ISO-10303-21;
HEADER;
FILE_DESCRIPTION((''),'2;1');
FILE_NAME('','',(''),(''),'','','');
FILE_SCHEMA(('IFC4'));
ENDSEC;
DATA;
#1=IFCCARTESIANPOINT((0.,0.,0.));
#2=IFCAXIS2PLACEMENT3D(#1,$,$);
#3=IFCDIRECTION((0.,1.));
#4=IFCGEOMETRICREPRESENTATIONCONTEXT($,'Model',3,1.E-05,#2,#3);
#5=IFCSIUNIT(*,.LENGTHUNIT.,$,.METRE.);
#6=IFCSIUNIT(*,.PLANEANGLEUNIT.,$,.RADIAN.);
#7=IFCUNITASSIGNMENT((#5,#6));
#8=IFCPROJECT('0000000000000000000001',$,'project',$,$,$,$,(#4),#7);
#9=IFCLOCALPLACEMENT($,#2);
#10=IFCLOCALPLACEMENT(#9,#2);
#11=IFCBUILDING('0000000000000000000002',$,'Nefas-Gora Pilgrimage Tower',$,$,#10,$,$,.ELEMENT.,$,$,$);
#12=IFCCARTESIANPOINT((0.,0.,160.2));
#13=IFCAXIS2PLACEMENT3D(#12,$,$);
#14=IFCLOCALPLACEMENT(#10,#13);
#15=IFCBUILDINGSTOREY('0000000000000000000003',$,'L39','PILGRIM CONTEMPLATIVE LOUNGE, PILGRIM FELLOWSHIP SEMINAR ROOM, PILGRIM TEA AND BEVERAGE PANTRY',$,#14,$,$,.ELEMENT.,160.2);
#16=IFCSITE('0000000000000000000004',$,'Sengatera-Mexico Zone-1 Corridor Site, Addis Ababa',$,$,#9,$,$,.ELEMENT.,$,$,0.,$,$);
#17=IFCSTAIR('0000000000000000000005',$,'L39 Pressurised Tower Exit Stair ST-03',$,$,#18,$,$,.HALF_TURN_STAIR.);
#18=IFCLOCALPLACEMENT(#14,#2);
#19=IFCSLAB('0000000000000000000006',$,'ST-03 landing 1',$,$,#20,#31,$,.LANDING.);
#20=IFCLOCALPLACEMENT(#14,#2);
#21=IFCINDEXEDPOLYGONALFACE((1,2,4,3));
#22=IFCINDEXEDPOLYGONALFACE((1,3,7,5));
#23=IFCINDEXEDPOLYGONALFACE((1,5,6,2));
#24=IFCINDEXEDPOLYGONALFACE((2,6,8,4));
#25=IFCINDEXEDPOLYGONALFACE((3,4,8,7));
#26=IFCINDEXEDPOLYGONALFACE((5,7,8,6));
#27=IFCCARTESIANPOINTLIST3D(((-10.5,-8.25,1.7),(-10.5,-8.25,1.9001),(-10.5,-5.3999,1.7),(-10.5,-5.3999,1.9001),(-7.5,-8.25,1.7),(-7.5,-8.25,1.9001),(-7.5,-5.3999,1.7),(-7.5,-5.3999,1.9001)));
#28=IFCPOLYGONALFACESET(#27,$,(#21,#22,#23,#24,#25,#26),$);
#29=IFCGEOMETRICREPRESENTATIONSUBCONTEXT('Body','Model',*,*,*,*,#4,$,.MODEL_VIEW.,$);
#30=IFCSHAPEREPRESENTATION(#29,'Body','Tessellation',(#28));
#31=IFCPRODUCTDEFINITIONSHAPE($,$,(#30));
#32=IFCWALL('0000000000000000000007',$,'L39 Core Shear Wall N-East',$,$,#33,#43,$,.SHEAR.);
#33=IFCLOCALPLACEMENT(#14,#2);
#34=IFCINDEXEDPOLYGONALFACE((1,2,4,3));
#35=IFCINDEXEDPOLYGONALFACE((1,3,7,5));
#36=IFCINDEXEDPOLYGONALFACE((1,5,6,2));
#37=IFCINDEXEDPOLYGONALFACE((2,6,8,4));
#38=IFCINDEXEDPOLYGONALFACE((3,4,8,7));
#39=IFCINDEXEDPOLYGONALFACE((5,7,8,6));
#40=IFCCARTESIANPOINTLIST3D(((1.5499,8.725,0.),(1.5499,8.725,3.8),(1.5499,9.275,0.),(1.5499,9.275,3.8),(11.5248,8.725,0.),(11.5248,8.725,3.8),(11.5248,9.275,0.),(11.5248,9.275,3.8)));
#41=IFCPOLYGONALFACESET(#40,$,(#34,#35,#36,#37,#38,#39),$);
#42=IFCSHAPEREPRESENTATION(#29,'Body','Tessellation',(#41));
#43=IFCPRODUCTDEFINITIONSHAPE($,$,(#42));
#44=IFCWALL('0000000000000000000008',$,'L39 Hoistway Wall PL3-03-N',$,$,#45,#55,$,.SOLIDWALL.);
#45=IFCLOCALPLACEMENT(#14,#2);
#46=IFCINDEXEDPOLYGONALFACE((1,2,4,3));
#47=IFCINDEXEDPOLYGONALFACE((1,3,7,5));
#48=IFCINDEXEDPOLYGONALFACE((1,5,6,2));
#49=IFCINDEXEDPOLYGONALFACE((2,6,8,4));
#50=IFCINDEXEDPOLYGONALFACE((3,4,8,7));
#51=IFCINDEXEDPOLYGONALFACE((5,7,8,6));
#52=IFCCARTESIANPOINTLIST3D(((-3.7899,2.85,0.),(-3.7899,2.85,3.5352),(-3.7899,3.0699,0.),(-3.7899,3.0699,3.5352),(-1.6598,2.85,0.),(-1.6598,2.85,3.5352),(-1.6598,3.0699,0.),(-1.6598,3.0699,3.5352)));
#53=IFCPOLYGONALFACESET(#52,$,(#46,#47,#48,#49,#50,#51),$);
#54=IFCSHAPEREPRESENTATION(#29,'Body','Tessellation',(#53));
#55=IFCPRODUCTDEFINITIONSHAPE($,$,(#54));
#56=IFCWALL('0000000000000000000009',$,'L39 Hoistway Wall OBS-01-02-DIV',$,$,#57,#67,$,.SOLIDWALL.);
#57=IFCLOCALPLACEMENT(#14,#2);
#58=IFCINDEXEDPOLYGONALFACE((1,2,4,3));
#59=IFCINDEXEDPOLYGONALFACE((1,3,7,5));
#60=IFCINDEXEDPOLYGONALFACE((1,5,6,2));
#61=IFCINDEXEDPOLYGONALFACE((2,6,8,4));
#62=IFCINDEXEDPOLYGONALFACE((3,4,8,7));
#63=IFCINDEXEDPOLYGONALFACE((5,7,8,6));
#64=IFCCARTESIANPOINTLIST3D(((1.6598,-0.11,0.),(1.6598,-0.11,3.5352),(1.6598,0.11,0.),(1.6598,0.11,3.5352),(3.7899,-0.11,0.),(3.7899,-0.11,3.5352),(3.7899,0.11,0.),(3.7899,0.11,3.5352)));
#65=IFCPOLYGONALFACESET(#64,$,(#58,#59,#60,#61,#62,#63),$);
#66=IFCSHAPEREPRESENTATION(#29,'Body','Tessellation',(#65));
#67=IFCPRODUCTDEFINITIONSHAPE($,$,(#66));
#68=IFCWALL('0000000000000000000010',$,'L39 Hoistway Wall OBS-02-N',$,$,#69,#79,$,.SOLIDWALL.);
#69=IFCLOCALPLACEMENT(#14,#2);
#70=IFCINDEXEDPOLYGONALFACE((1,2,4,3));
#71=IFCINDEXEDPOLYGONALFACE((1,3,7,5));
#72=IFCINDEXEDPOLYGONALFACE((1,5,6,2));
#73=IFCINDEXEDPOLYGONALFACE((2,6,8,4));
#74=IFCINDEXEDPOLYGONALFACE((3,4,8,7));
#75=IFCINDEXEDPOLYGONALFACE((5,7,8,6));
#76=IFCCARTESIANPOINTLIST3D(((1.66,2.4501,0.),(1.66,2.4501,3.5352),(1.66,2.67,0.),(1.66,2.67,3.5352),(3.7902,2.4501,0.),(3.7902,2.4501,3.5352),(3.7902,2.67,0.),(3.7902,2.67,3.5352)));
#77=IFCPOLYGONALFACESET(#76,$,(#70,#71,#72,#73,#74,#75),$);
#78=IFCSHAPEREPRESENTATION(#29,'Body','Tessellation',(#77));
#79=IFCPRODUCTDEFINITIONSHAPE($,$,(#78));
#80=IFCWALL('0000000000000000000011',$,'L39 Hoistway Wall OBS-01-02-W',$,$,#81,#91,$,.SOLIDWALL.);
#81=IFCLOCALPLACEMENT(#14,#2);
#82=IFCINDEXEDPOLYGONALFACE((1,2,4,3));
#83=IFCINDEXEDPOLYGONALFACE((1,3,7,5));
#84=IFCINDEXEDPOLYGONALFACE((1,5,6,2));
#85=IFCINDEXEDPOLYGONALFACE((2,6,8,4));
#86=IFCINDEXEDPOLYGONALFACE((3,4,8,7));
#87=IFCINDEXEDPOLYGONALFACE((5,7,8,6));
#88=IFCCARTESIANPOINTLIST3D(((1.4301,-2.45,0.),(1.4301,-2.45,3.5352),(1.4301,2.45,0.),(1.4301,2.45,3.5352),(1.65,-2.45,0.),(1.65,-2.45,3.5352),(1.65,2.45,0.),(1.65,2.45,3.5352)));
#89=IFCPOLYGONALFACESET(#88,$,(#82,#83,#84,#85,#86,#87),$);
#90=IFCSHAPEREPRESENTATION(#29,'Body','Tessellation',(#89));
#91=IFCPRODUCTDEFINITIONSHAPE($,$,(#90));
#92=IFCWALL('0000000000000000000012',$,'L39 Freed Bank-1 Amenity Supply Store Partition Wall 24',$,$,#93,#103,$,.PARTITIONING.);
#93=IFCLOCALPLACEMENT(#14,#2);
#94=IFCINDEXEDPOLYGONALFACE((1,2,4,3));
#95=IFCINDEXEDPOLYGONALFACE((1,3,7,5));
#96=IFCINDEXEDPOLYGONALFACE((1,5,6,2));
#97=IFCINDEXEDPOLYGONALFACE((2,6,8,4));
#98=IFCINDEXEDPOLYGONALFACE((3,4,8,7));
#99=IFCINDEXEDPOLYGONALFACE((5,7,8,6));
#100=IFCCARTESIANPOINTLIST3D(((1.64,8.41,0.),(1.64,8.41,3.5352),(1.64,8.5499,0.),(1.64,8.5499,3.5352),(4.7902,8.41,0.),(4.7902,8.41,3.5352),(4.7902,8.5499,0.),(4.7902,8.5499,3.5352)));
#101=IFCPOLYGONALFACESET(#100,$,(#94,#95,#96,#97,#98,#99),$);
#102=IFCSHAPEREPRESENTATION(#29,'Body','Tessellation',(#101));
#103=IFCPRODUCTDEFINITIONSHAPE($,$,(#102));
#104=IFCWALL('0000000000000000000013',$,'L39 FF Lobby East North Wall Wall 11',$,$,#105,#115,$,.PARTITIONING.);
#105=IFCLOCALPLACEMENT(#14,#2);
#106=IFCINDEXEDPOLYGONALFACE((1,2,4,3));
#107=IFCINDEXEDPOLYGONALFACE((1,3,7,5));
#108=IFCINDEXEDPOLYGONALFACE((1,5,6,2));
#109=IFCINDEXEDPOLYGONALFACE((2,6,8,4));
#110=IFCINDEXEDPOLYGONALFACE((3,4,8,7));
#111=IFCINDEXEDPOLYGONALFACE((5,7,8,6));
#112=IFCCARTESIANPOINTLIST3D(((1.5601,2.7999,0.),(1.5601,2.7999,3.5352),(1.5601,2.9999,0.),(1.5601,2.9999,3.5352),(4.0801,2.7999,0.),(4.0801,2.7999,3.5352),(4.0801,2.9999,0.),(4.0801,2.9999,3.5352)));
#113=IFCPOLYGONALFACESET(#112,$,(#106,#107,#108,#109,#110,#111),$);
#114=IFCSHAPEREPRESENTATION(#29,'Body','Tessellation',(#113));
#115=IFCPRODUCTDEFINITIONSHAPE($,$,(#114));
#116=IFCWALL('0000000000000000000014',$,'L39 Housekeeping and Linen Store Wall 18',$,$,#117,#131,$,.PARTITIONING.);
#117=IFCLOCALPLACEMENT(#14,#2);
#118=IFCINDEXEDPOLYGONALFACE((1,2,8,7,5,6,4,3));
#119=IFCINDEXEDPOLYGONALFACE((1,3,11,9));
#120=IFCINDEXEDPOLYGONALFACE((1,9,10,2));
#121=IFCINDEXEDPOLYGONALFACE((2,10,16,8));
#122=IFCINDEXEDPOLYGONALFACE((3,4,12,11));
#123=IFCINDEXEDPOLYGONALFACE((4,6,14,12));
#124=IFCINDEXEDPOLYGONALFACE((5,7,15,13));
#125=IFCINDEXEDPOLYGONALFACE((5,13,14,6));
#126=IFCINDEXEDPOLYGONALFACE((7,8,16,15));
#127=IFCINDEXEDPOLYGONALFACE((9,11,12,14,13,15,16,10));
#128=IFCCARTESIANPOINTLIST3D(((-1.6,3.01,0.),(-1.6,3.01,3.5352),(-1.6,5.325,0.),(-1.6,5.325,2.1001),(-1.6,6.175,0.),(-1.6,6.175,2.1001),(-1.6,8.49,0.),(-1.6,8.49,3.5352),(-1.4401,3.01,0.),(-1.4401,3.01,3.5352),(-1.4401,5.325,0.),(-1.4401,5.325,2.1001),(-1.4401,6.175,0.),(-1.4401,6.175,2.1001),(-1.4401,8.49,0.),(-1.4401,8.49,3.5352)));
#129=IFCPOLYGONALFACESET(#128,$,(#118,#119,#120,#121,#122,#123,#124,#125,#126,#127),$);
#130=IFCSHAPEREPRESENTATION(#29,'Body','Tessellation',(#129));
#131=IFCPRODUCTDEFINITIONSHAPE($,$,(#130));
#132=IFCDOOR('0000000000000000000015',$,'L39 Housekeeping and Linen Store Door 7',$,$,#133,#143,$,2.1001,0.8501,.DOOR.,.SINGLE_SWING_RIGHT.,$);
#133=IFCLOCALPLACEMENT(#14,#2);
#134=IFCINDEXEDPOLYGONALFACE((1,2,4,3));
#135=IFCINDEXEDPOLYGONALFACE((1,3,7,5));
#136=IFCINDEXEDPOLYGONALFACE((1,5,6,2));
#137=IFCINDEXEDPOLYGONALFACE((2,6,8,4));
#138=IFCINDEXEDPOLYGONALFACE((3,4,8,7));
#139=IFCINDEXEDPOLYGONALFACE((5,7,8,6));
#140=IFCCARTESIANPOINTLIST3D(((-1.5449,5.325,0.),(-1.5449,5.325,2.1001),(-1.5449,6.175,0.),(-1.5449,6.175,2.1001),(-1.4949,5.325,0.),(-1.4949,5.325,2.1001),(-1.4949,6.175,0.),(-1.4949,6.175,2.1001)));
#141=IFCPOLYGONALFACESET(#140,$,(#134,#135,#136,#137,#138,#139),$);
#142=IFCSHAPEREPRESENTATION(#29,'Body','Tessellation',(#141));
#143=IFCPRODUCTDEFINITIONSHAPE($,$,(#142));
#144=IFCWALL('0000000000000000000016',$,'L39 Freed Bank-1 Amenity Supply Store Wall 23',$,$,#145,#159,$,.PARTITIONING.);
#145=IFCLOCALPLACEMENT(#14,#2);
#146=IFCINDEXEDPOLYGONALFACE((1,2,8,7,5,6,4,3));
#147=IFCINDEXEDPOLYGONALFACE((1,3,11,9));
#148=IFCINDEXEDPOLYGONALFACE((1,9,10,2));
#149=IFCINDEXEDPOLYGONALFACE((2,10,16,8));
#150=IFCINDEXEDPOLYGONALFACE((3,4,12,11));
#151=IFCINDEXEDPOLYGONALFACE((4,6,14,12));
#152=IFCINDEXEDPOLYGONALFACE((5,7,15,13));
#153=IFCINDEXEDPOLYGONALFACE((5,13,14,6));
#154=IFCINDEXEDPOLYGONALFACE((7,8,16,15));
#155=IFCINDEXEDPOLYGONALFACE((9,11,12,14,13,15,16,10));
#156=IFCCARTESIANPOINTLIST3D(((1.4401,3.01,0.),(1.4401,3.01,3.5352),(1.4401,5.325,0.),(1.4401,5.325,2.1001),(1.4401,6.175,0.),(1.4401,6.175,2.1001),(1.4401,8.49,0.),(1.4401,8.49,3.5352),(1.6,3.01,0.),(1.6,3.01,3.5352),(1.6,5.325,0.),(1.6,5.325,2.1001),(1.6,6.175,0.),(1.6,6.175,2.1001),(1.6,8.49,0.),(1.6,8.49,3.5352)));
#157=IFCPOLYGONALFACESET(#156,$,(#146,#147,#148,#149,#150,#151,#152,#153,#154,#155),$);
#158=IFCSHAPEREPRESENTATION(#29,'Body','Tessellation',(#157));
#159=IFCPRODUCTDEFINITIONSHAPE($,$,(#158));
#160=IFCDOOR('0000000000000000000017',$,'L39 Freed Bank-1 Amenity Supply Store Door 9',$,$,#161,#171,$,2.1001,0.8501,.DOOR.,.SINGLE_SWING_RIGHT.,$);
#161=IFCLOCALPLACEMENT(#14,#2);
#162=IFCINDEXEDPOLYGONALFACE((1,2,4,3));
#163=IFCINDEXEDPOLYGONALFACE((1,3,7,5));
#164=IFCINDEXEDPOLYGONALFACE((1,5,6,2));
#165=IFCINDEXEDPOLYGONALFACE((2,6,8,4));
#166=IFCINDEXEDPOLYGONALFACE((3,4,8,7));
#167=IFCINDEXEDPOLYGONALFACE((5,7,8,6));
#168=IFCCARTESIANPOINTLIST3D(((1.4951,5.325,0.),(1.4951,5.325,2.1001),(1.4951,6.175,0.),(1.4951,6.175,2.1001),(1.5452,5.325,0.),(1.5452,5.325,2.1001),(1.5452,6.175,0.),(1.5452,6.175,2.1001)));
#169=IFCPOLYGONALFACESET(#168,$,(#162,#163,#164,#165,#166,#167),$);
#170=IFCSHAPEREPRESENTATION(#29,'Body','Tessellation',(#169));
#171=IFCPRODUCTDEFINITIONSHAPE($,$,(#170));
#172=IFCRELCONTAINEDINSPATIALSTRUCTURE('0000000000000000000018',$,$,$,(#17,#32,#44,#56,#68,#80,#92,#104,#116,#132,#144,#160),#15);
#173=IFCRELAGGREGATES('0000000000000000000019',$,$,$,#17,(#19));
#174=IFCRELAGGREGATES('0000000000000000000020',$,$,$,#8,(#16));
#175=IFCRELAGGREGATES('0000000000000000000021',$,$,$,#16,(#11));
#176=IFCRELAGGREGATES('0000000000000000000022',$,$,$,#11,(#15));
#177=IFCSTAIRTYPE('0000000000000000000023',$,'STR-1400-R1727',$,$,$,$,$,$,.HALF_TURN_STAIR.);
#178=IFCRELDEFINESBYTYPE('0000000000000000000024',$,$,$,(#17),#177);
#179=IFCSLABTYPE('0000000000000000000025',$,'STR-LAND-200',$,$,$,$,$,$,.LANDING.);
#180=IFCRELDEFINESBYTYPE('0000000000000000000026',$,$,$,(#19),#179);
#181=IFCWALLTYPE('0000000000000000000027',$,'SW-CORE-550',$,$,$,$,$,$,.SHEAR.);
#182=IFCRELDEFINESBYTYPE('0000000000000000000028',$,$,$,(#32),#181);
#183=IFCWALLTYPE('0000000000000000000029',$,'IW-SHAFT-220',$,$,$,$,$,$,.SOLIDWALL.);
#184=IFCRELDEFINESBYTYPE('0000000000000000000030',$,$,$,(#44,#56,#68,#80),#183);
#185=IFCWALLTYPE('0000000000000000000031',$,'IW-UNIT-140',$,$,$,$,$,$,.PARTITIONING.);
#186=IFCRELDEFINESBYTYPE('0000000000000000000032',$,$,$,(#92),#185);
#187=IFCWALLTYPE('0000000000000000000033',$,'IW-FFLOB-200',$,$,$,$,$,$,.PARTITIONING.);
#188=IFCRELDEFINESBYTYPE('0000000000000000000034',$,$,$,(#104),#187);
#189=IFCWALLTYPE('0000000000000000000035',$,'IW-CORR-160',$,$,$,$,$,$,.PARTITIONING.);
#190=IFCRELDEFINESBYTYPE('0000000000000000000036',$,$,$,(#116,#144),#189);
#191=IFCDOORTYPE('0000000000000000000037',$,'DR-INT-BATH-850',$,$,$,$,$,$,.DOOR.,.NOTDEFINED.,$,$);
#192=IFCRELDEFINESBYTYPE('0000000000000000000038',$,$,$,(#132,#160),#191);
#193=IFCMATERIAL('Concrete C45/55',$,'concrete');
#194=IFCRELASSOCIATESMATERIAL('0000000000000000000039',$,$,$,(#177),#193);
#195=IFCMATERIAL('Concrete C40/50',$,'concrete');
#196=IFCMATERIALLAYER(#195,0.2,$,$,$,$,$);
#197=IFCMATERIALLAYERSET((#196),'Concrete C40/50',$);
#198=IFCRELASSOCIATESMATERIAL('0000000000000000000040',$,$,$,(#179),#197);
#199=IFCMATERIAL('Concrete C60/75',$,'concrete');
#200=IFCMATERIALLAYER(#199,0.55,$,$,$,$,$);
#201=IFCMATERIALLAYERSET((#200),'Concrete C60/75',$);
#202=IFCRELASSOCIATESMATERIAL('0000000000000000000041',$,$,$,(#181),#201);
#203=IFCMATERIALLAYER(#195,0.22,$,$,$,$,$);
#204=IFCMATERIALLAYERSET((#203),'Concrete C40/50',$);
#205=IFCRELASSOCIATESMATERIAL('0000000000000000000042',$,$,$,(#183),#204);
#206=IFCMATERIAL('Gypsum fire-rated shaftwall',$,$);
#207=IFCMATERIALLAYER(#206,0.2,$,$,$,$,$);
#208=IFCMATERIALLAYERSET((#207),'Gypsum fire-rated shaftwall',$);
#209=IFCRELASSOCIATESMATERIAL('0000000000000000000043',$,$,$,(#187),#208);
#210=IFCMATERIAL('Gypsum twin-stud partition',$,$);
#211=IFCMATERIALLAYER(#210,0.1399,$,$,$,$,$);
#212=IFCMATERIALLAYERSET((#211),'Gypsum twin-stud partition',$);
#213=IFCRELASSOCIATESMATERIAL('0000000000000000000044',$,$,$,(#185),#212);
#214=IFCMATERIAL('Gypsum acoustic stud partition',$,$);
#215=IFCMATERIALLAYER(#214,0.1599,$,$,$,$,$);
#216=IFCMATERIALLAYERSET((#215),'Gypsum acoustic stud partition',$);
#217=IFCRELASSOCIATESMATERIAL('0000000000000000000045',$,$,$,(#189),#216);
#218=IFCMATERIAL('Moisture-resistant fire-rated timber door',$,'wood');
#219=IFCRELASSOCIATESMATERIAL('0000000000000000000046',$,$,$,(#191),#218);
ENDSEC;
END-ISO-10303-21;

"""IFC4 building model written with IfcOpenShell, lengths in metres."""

from ifc_helpers import new_model, si_unit, direction, frame, frame_2d, origin, place, context, subcontext, project, spatial, polyline, rectangle, outline, extrude, source, transform, mapped, material, layer, layer_set, type_object, element, fill, aggregate, save


model = new_model("IFC4")

# Units and contexts
model_context = context("Model", 3, precision=1e-05, world=origin(), true_north=direction((0.0, 1.0)))
body_context = subcontext(model_context, "Body", "Model", "MODEL_VIEW")
ifc_project = project(units=[si_unit("LENGTHUNIT", "METRE"), si_unit("PLANEANGLEUNIT", "RADIAN")], contexts=[model_context])

# Site, building, storey
site_placement = place(None, origin())
site = spatial("IfcSite", under=ifc_project, at=site_placement, Name="Sengatera-Mexico Zone-1 Corridor Site, Addis Ababa", CompositionType="ELEMENT", RefElevation=0.0)
building_placement = place(site_placement, origin())
building = spatial("IfcBuilding", under=site, at=building_placement, Name="Nefas-Gora Pilgrimage Tower", CompositionType="ELEMENT")
storey_placement = place(building_placement, frame((0.0, 0.0, 160.2)))
storey = spatial("IfcBuildingStorey", under=building, at=storey_placement, Name="L39", Description="PILGRIM CONTEMPLATIVE LOUNGE, PILGRIM FELLOWSHIP SEMINAR ROOM, PILGRIM TEA AND BEVERAGE PANTRY", CompositionType="ELEMENT", Elevation=160.2)

# Shared definitions
ifc_material_1 = material(Name="Concrete C60/75", Category="concrete")

# Shared definitions
ifc_material_2 = material(Name="Concrete C40/50", Category="concrete")

# Stair, slab
ifc_material_3 = material(Name="Concrete C45/55", Category="concrete")
stair_type = type_object("IfcStairType", Name="STR-1400-R1727", PredefinedType="HALF_TURN_STAIR", material=ifc_material_3)
ifc_layer_1 = layer(ifc_material_2, 0.2)
ifc_layer_set_1 = layer_set([ifc_layer_1], Name="Concrete C40/50")
slab_type_1 = type_object("IfcSlabType", Name="STR-LAND-200", PredefinedType="LANDING", material=ifc_layer_set_1)
stair_1_placement = place(storey_placement, origin())
stair_1 = element("IfcStair", 1, at=stair_1_placement, inside=storey, type_object=stair_type, Name="L39 Pressurised Tower Exit Stair ST-03", PredefinedType="HALF_TURN_STAIR")
slab_1_placement = place(storey_placement, frame((0.0, 0.0, 1.7)))
slab_1 = element("IfcSlab", 2, at=slab_1_placement, type_object=slab_type_1, Name="ST-03 landing 1", PredefinedType="LANDING", context=body_context, shape_type="SweptSolid", body=[
    extrude(outline(polyline([(-10.5, -5.3999), (-10.5, -8.25), (-7.5, -8.25), (-7.5, -5.3999), (-10.5, -5.3999)])), origin(), (0.0, 0.0, 1.0), 0.2002),
])
aggregate(stair_1, [slab_1])

# Walls
ifc_layer_2 = layer(ifc_material_1, 0.55)
ifc_layer_set_2 = layer_set([ifc_layer_2], Name="Concrete C60/75")
wall_type_1 = type_object("IfcWallType", Name="SW-CORE-550", PredefinedType="SHEAR", material=ifc_layer_set_2)
shared_shape_1 = source(origin(), body_context, "Body", "SweptSolid", [
    extrude(rectangle(XDim=9.9749, YDim=0.55, at=frame_2d((4.9873, 0.0))), origin(), (0.0, 0.0, 1.0), 3.8),
])
wall_1_placement = place(storey_placement, frame((1.55, 9.0, 0.0), z_axis=(0.0, 0.0, 1.0), x_axis=(1.0, 0.0, 0.0)))
element("IfcWall", 3, at=wall_1_placement, inside=storey, type_object=wall_type_1, Name="L39 Core Shear Wall N-East", PredefinedType="SHEAR", context=body_context, shape_type="MappedRepresentation", body=[
    mapped(shared_shape_1, transform((0.0, 0.0, 0.0), x_axis=(1.0, 0.0, 0.0), y_axis=(0.0, 1.0, 0.0), z_axis=(0.0, 0.0, 1.0), scale=1.0)),
])
ifc_layer_3 = layer(ifc_material_2, 0.22)
ifc_layer_set_3 = layer_set([ifc_layer_3], Name="Concrete C40/50")
wall_type_2 = type_object("IfcWallType", Name="IW-SHAFT-220", PredefinedType="SOLIDWALL", material=ifc_layer_set_3)
shared_shape_2 = source(origin(), body_context, "Body", "SweptSolid", [
    extrude(rectangle(XDim=2.1301, YDim=0.22, at=frame_2d((1.0649, 0.0))), origin(), (0.0, 0.0, 1.0), 3.5352),
])
for number, where, z_axis, x_axis, name in (
    (4, (-1.6599, 2.96, 0.0), (0.0, 0.0, 1.0), (-1.0, 0.0, 0.0), "L39 Hoistway Wall PL3-03-N"),
    (5, (1.6599, 0.0, 0.0), (0.0, 0.0, 1.0), (1.0, 0.0, 0.0), "L39 Hoistway Wall OBS-01-02-DIV"),
    (6, (3.79, 2.5601, 0.0), (0.0, 0.0, 1.0), (-1.0, 0.0, 0.0), "L39 Hoistway Wall OBS-02-N"),
):
    element("IfcWall", number, at=place(storey_placement, frame(where, z_axis=z_axis, x_axis=x_axis)), inside=storey, type_object=wall_type_2, Name=name, PredefinedType="SOLIDWALL", context=body_context, shape_type="MappedRepresentation", body=[
        mapped(shared_shape_2, transform((0.0, 0.0, 0.0), x_axis=(1.0, 0.0, 0.0), y_axis=(0.0, 1.0, 0.0), z_axis=(0.0, 0.0, 1.0), scale=1.0)),
    ])
shared_shape_3 = source(origin(), body_context, "Body", "SweptSolid", [
    extrude(rectangle(XDim=4.8999, YDim=0.22, at=frame_2d((2.45, 0.0))), origin(), (0.0, 0.0, 1.0), 3.5352),
])
wall_2_placement = place(storey_placement, frame((1.54, 2.45, 0.0), z_axis=(0.0, 0.0, 1.0), x_axis=(0.0, -1.0, 0.0)))
element("IfcWall", 7, at=wall_2_placement, inside=storey, type_object=wall_type_2, Name="L39 Hoistway Wall OBS-01-02-W", PredefinedType="SOLIDWALL", context=body_context, shape_type="MappedRepresentation", body=[
    mapped(shared_shape_3, transform((0.0, 0.0, 0.0), x_axis=(1.0, 0.0, 0.0), y_axis=(0.0, 1.0, 0.0), z_axis=(0.0, 0.0, 1.0), scale=1.0)),
])

# Shared definitions
ifc_material_4 = material(Name="Gypsum fire-rated shaftwall")
ifc_layer_4 = layer(ifc_material_4, 0.2)
ifc_layer_set_4 = layer_set([ifc_layer_4], Name="Gypsum fire-rated shaftwall")
wall_type_3 = type_object("IfcWallType", Name="IW-FFLOB-200", PredefinedType="PARTITIONING", material=ifc_layer_set_4)

# Walls
ifc_material_5 = material(Name="Gypsum twin-stud partition")
ifc_layer_5 = layer(ifc_material_5, 0.1399)
ifc_layer_set_5 = layer_set([ifc_layer_5], Name="Gypsum twin-stud partition")
wall_type_4 = type_object("IfcWallType", Name="IW-UNIT-140", PredefinedType="PARTITIONING", material=ifc_layer_set_5)
shared_shape_4 = source(origin(), body_context, "Body", "SweptSolid", [
    extrude(rectangle(XDim=3.1501, YDim=0.1399, at=frame_2d((1.5752, 0.0))), origin(), (0.0, 0.0, 1.0), 3.5352),
])
wall_3_placement = place(storey_placement, frame((1.6399, 8.48, 0.0), z_axis=(0.0, 0.0, 1.0), x_axis=(1.0, 0.0, 0.0)))
element("IfcWall", 8, at=wall_3_placement, inside=storey, type_object=wall_type_4, Name="L39 Freed Bank-1 Amenity Supply Store Partition Wall 24", PredefinedType="PARTITIONING", context=body_context, shape_type="MappedRepresentation", body=[
    mapped(shared_shape_4, transform((0.0, 0.0, 0.0), x_axis=(1.0, 0.0, 0.0), y_axis=(0.0, 1.0, 0.0), z_axis=(0.0, 0.0, 1.0), scale=1.0)),
])
shared_shape_5 = source(origin(), body_context, "Body", "SweptSolid", [
    extrude(rectangle(XDim=2.52, YDim=0.2, at=frame_2d((1.26, 0.0))), origin(), (0.0, 0.0, 1.0), 3.5352),
])
wall_4_placement = place(storey_placement, frame((1.5601, 2.8999, 0.0), z_axis=(0.0, 0.0, 1.0), x_axis=(1.0, 0.0, 0.0)))
element("IfcWall", 9, at=wall_4_placement, inside=storey, type_object=wall_type_3, Name="L39 FF Lobby East North Wall Wall 11", PredefinedType="PARTITIONING", context=body_context, shape_type="MappedRepresentation", body=[
    mapped(shared_shape_5, transform((0.0, 0.0, 0.0), x_axis=(1.0, 0.0, 0.0), y_axis=(0.0, 1.0, 0.0), z_axis=(0.0, 0.0, 1.0), scale=1.0)),
])

# Walls, openings, doors
ifc_material_6 = material(Name="Gypsum acoustic stud partition")
ifc_layer_6 = layer(ifc_material_6, 0.1599)
ifc_layer_set_6 = layer_set([ifc_layer_6], Name="Gypsum acoustic stud partition")
wall_type_5 = type_object("IfcWallType", Name="IW-CORR-160", PredefinedType="PARTITIONING", material=ifc_layer_set_6)
shared_shape_6 = source(origin(), body_context, "Body", "SweptSolid", [
    extrude(rectangle(XDim=5.48, YDim=0.1599, at=frame_2d((2.74, 0.0))), origin(), (0.0, 0.0, 1.0), 3.5352),
])
wall_5_placement = place(storey_placement, frame((-1.52, 3.01, 0.0), z_axis=(0.0, 0.0, 1.0), x_axis=(0.0, 1.0, 0.0)))
wall_5 = element("IfcWall", 10, at=wall_5_placement, inside=storey, type_object=wall_type_5, Name="L39 Housekeeping and Linen Store Wall 18", PredefinedType="PARTITIONING", context=body_context, shape_type="MappedRepresentation", body=[
    mapped(shared_shape_6, transform((0.0, 0.0, 0.0), x_axis=(1.0, 0.0, 0.0), y_axis=(0.0, 1.0, 0.0), z_axis=(0.0, 0.0, 1.0), scale=1.0)),
])
opening_1_placement = place(wall_5_placement, frame((2.3149, 0.0, 0.0)))
opening_1 = element("IfcOpeningElement", 11, at=opening_1_placement, cuts=wall_5, PredefinedType="OPENING", context=body_context, shape_type="SweptSolid", body=[
    extrude(rectangle(XDim=0.8501, YDim=2.1001, at=frame_2d((0.425, 1.05))), frame((0.0, 0.0898, 0.0), z_axis=(0.0, -1.0, 0.0), x_axis=(1.0, 0.0, 0.0)), (0.0, 0.0, 1.0), 0.1799),
])
ifc_material_7 = material(Name="Moisture-resistant fire-rated timber door", Category="wood")
door_type_1 = type_object("IfcDoorType", Name="DR-INT-BATH-850", OperationType="NOTDEFINED", PredefinedType="DOOR", material=ifc_material_7)
shared_shape_7 = source(origin(), body_context, "Body", "SweptSolid", [
    extrude(rectangle(XDim=0.8501, YDim=2.1001, at=frame_2d((0.425, 1.05))), frame((0.0, 0.0249, 0.0), z_axis=(0.0, -1.0, 0.0), x_axis=(1.0, 0.0, 0.0)), (0.0, 0.0, 1.0), 0.05),
])
door_1_placement = place(opening_1_placement, origin())
door_1 = element("IfcDoor", 12, at=door_1_placement, inside=storey, type_object=door_type_1, Name="L39 Housekeeping and Linen Store Door 7", OperationType="SINGLE_SWING_RIGHT", OverallHeight=2.1001, OverallWidth=0.8501, PredefinedType="DOOR", context=body_context, shape_type="MappedRepresentation", body=[
    mapped(shared_shape_7, transform((0.0, 0.0, 0.0), x_axis=(1.0, 0.0, 0.0), y_axis=(0.0, 1.0, 0.0), z_axis=(0.0, 0.0, 1.0), scale=1.0)),
])
fill(opening_1, door_1)
wall_6_placement = place(storey_placement, frame((1.52, 3.01, 0.0), z_axis=(0.0, 0.0, 1.0), x_axis=(0.0, 1.0, 0.0)))
wall_6 = element("IfcWall", 13, at=wall_6_placement, inside=storey, type_object=wall_type_5, Name="L39 Freed Bank-1 Amenity Supply Store Wall 23", PredefinedType="PARTITIONING", context=body_context, shape_type="MappedRepresentation", body=[
    mapped(shared_shape_6, transform((0.0, 0.0, 0.0), x_axis=(1.0, 0.0, 0.0), y_axis=(0.0, 1.0, 0.0), z_axis=(0.0, 0.0, 1.0), scale=1.0)),
])
opening_2_placement = place(wall_6_placement, frame((2.3149, 0.0, 0.0)))
opening_2 = element("IfcOpeningElement", 14, at=opening_2_placement, cuts=wall_6, PredefinedType="OPENING", context=body_context, shape_type="SweptSolid", body=[
    extrude(rectangle(XDim=0.8501, YDim=2.1001, at=frame_2d((0.425, 1.05))), frame((0.0, 0.0898, 0.0), z_axis=(0.0, -1.0, 0.0), x_axis=(1.0, 0.0, 0.0)), (0.0, 0.0, 1.0), 0.1799),
])
door_2_placement = place(opening_2_placement, origin())
door_2 = element("IfcDoor", 15, at=door_2_placement, inside=storey, type_object=door_type_1, Name="L39 Freed Bank-1 Amenity Supply Store Door 9", OperationType="SINGLE_SWING_RIGHT", OverallHeight=2.1001, OverallWidth=0.8501, PredefinedType="DOOR", context=body_context, shape_type="MappedRepresentation", body=[
    mapped(shared_shape_7, transform((0.0, 0.0, 0.0), x_axis=(1.0, 0.0, 0.0), y_axis=(0.0, 1.0, 0.0), z_axis=(0.0, 0.0, 1.0), scale=1.0)),
])
fill(opening_2, door_2)

save(model, "model.ifc")
